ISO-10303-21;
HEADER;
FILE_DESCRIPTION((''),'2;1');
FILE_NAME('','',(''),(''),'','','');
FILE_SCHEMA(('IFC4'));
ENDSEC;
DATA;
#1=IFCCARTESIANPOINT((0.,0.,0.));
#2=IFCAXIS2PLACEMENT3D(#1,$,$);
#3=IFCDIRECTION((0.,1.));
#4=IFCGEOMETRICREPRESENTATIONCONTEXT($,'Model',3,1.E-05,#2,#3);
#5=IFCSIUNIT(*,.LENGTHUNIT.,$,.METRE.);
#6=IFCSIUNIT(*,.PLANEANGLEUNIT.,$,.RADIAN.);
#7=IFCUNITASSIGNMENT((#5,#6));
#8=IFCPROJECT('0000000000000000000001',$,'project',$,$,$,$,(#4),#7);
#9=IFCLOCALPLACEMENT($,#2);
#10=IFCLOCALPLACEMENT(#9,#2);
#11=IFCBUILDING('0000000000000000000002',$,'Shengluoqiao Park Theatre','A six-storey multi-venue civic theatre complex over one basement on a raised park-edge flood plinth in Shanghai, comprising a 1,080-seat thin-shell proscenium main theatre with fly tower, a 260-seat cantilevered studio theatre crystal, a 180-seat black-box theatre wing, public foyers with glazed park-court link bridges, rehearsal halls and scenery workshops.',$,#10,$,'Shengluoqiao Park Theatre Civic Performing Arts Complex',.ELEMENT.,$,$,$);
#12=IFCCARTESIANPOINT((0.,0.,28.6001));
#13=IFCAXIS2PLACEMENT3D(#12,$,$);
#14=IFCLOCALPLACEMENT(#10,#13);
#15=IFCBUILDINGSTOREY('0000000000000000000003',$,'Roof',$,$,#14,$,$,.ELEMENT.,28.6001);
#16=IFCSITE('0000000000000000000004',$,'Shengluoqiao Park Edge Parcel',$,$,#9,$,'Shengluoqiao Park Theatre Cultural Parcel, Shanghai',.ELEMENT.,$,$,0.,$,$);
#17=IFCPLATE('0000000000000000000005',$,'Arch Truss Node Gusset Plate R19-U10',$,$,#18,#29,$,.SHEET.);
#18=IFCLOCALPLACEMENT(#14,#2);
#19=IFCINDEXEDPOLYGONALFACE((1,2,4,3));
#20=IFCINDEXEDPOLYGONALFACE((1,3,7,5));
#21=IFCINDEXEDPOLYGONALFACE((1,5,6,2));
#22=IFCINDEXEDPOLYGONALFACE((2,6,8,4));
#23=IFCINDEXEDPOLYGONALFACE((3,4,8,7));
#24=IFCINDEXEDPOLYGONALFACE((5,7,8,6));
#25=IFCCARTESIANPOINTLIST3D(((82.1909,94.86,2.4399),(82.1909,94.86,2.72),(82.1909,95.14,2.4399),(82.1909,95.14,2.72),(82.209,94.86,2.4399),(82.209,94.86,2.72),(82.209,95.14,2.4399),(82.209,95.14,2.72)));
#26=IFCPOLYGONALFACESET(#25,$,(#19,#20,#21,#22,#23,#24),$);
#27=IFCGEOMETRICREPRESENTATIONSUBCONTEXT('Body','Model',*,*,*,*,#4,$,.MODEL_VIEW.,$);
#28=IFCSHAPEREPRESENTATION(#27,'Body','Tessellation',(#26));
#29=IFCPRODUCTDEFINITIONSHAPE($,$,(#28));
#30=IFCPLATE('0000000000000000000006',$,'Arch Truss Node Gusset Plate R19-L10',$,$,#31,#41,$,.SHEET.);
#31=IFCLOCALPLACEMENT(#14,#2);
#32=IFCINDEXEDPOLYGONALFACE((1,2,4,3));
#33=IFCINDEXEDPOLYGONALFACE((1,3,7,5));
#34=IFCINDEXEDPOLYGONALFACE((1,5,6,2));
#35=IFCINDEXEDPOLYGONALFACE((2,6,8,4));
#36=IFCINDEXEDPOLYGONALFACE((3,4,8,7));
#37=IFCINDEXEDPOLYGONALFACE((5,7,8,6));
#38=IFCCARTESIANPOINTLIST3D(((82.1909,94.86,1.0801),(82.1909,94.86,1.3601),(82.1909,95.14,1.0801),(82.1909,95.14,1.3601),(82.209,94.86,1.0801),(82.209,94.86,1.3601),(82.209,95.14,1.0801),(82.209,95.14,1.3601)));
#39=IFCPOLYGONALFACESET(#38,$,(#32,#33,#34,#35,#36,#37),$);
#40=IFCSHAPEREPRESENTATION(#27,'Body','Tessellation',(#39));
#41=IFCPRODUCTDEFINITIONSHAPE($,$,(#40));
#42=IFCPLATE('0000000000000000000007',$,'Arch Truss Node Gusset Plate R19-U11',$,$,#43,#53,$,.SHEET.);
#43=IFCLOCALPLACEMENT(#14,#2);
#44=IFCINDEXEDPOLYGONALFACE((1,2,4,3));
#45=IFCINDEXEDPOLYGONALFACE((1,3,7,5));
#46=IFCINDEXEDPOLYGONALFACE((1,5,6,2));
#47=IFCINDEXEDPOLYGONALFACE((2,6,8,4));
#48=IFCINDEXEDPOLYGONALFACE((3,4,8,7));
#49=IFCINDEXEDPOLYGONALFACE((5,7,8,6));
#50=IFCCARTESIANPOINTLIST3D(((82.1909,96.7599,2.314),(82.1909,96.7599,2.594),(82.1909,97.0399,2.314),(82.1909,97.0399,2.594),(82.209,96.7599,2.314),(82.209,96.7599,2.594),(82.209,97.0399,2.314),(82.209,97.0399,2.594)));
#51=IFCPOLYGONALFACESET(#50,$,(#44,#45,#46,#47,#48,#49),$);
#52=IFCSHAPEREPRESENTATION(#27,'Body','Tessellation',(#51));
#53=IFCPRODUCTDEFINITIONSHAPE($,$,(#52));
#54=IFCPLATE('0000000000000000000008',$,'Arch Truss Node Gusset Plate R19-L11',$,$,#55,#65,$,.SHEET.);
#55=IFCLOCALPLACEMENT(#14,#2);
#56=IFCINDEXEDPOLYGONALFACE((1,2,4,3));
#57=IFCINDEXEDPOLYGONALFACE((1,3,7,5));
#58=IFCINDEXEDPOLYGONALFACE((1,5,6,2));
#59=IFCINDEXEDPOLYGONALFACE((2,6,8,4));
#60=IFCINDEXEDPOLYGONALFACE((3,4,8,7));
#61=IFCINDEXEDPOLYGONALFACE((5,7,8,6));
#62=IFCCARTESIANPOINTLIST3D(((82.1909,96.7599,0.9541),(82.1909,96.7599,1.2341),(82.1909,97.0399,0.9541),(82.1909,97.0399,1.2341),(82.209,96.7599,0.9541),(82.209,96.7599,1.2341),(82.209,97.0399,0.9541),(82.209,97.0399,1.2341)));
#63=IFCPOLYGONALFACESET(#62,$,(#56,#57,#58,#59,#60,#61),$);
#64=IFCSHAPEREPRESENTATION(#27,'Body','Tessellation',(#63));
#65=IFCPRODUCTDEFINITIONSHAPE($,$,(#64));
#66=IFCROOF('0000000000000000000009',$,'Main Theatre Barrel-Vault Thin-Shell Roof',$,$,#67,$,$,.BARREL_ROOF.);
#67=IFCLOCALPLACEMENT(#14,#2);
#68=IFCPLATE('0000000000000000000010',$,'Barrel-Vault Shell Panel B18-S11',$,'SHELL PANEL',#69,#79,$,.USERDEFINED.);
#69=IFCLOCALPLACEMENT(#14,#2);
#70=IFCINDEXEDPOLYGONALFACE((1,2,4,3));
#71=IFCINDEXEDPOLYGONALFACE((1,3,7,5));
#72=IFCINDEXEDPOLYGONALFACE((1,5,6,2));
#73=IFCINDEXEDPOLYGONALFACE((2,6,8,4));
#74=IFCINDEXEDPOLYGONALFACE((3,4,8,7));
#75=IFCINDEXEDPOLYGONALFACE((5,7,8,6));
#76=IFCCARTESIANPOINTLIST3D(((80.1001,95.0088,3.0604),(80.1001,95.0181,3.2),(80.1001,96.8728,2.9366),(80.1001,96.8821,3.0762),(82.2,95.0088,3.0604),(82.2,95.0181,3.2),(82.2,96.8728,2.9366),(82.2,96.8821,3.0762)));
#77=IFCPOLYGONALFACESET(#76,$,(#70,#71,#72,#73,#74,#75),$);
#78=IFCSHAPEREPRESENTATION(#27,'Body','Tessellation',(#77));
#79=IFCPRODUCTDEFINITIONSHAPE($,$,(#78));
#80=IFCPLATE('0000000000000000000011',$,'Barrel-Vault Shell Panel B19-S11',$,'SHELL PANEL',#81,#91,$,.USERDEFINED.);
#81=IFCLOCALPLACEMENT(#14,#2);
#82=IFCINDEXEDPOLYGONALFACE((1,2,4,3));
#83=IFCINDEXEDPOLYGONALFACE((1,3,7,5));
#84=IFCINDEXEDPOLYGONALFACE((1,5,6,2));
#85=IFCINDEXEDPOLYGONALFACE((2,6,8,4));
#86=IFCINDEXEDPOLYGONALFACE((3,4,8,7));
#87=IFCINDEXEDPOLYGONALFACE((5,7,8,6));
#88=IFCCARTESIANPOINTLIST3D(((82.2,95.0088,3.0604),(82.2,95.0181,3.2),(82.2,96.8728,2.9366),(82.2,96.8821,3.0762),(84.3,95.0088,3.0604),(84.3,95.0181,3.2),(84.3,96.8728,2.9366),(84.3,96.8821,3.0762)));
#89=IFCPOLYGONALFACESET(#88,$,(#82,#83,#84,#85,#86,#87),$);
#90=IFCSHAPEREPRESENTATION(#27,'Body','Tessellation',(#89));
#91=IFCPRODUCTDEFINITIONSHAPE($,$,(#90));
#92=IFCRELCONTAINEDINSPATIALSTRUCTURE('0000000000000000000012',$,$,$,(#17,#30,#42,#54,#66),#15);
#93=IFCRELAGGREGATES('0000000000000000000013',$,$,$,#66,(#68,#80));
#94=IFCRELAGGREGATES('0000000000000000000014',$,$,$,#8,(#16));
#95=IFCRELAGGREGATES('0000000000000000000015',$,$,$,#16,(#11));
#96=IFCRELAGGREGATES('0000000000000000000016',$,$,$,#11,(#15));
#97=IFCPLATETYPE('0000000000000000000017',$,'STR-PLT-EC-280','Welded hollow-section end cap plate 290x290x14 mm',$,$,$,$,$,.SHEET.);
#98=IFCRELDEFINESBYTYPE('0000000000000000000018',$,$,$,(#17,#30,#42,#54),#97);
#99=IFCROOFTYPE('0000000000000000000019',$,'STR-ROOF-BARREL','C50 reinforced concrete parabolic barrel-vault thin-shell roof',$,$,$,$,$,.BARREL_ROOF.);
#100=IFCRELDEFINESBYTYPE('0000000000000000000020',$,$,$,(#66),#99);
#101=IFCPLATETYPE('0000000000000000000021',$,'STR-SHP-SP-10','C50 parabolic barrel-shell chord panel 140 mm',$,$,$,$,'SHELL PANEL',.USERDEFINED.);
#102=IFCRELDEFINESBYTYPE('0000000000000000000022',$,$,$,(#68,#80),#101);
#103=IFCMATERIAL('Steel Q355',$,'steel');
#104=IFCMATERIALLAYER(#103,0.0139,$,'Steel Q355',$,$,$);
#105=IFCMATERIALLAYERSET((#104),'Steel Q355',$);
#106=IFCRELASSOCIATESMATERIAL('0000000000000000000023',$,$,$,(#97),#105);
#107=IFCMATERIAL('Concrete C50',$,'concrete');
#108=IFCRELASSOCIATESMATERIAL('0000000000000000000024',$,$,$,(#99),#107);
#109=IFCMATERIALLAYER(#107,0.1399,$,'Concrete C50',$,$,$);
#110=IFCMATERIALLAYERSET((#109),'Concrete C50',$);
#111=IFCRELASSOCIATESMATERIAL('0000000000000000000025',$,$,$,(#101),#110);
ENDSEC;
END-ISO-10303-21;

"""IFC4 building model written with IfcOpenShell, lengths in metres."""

from ifc_helpers import new_model, si_unit, direction, frame, origin, origin_2d, place, context, subcontext, project, spatial, polyline, rectangle, outline, extrude, material, layer, layer_set, type_object, element, aggregate, save


model = new_model("IFC4")

# Units and contexts
model_context = context("Model", 3, precision=1e-05, world=origin(), true_north=direction((0.0, 1.0)))
body_context = subcontext(model_context, "Body", "Model", "MODEL_VIEW")
ifc_project = project(units=[si_unit("LENGTHUNIT", "METRE"), si_unit("PLANEANGLEUNIT", "RADIAN")], contexts=[model_context])

# Site, building, storey
site_placement = place(None, origin())
site = spatial("IfcSite", under=ifc_project, at=site_placement, Name="Shengluoqiao Park Edge Parcel", LongName="Shengluoqiao Park Theatre Cultural Parcel, Shanghai", CompositionType="ELEMENT", RefElevation=0.0)
building_placement = place(site_placement, origin())
building = spatial("IfcBuilding", under=site, at=building_placement, Name="Shengluoqiao Park Theatre", Description="A six-storey multi-venue civic theatre complex over one basement on a raised park-edge flood plinth in Shanghai, comprising a 1,080-seat thin-shell proscenium main theatre with fly tower, a 260-seat cantilevered studio theatre crystal, a 180-seat black-box theatre wing, public foyers with glazed park-court link bridges, rehearsal halls and scenery workshops.", LongName="Shengluoqiao Park Theatre Civic Performing Arts Complex", CompositionType="ELEMENT")
storey_placement = place(building_placement, frame((0.0, 0.0, 28.6001)))
storey = spatial("IfcBuildingStorey", under=building, at=storey_placement, Name="Roof", CompositionType="ELEMENT", Elevation=28.6001)

# Shared definitions
ifc_material_1 = material(Name="Concrete C50", Category="concrete")
ifc_material_2 = material(Name="Steel Q355", Category="steel")

# Plates
ifc_layer_1 = layer(ifc_material_2, 0.0139, Name="Steel Q355")
ifc_layer_set_1 = layer_set([ifc_layer_1], Name="Steel Q355")
plate_type_1 = type_object("IfcPlateType", Name="STR-PLT-EC-280", Description="Welded hollow-section end cap plate 290x290x14 mm", PredefinedType="SHEET", material=ifc_layer_set_1)
for number, where, z_axis, x_axis, name in (
    (1, (82.2, 95.0, 2.4399), (0.0, 0.0, 1.0), (1.0, 0.0, 0.0), "Arch Truss Node Gusset Plate R19-U10"),
    (2, (82.2, 95.0, 1.0801), (0.0, 0.0, 1.0), (1.0, 0.0, 0.0), "Arch Truss Node Gusset Plate R19-L10"),
    (3, (82.2, 96.8999, 2.314), (0.0, 0.0, 1.0), (1.0, 0.0, 0.0), "Arch Truss Node Gusset Plate R19-U11"),
    (4, (82.2, 96.8999, 0.9541), (0.0, 0.0, 1.0), (1.0, 0.0, 0.0), "Arch Truss Node Gusset Plate R19-L11"),
):
    element("IfcPlate", number, at=place(storey_placement, frame(where, z_axis=z_axis, x_axis=x_axis)), inside=storey, type_object=plate_type_1, Name=name, PredefinedType="SHEET", context=body_context, shape_type="SweptSolid", body=[
        extrude(rectangle(XDim=0.0181, YDim=0.28, at=origin_2d()), origin(), (0.0, 0.0, 1.0), 0.28),
    ])

# Roof, plates
roof_type = type_object("IfcRoofType", Name="STR-ROOF-BARREL", Description="C50 reinforced concrete parabolic barrel-vault thin-shell roof", PredefinedType="BARREL_ROOF", material=ifc_material_1)
roof_placement = place(storey_placement, origin())
roof = element("IfcRoof", 5, at=roof_placement, inside=storey, type_object=roof_type, Name="Main Theatre Barrel-Vault Thin-Shell Roof", PredefinedType="BARREL_ROOF")
ifc_layer_2 = layer(ifc_material_1, 0.1399, Name="Concrete C50")
ifc_layer_set_2 = layer_set([ifc_layer_2], Name="Concrete C50")
plate_type_2 = type_object("IfcPlateType", Name="STR-SHP-SP-10", Description="C50 parabolic barrel-shell chord panel 140 mm", ElementType="SHELL PANEL", PredefinedType="USERDEFINED", material=ifc_layer_set_2)
plate_1_placement = place(storey_placement, frame((80.1001, 95.0181, 3.2), z_axis=(0.0, 0.066259, 0.997802), x_axis=(1.0, 0.0, 0.0)))
plate_1 = element("IfcPlate", 6, at=plate_1_placement, type_object=plate_type_2, Name="Barrel-Vault Shell Panel B18-S11", ObjectType="SHELL PANEL", PredefinedType="USERDEFINED", context=body_context, shape_type="SweptSolid", body=[
    extrude(outline(polyline([(0.0, 0.0), (2.0999, 0.0), (2.0999, 1.8681), (0.0, 1.8681), (0.0, 0.0)])), origin(), (0.0, 0.0, -1.0), 0.1399),
])
plate_2_placement = place(storey_placement, frame((82.2, 95.0181, 3.2), z_axis=(0.0, 0.066259, 0.997802), x_axis=(1.0, 0.0, 0.0)))
plate_2 = element("IfcPlate", 7, at=plate_2_placement, type_object=plate_type_2, Name="Barrel-Vault Shell Panel B19-S11", ObjectType="SHELL PANEL", PredefinedType="USERDEFINED", context=body_context, shape_type="SweptSolid", body=[
    extrude(outline(polyline([(0.0, 0.0), (2.1001, 0.0), (2.1001, 1.8681), (0.0, 1.8681), (0.0, 0.0)])), origin(), (0.0, 0.0, -1.0), 0.1399),
])
aggregate(roof, [plate_1, plate_2])

save(model, "model.ifc")
